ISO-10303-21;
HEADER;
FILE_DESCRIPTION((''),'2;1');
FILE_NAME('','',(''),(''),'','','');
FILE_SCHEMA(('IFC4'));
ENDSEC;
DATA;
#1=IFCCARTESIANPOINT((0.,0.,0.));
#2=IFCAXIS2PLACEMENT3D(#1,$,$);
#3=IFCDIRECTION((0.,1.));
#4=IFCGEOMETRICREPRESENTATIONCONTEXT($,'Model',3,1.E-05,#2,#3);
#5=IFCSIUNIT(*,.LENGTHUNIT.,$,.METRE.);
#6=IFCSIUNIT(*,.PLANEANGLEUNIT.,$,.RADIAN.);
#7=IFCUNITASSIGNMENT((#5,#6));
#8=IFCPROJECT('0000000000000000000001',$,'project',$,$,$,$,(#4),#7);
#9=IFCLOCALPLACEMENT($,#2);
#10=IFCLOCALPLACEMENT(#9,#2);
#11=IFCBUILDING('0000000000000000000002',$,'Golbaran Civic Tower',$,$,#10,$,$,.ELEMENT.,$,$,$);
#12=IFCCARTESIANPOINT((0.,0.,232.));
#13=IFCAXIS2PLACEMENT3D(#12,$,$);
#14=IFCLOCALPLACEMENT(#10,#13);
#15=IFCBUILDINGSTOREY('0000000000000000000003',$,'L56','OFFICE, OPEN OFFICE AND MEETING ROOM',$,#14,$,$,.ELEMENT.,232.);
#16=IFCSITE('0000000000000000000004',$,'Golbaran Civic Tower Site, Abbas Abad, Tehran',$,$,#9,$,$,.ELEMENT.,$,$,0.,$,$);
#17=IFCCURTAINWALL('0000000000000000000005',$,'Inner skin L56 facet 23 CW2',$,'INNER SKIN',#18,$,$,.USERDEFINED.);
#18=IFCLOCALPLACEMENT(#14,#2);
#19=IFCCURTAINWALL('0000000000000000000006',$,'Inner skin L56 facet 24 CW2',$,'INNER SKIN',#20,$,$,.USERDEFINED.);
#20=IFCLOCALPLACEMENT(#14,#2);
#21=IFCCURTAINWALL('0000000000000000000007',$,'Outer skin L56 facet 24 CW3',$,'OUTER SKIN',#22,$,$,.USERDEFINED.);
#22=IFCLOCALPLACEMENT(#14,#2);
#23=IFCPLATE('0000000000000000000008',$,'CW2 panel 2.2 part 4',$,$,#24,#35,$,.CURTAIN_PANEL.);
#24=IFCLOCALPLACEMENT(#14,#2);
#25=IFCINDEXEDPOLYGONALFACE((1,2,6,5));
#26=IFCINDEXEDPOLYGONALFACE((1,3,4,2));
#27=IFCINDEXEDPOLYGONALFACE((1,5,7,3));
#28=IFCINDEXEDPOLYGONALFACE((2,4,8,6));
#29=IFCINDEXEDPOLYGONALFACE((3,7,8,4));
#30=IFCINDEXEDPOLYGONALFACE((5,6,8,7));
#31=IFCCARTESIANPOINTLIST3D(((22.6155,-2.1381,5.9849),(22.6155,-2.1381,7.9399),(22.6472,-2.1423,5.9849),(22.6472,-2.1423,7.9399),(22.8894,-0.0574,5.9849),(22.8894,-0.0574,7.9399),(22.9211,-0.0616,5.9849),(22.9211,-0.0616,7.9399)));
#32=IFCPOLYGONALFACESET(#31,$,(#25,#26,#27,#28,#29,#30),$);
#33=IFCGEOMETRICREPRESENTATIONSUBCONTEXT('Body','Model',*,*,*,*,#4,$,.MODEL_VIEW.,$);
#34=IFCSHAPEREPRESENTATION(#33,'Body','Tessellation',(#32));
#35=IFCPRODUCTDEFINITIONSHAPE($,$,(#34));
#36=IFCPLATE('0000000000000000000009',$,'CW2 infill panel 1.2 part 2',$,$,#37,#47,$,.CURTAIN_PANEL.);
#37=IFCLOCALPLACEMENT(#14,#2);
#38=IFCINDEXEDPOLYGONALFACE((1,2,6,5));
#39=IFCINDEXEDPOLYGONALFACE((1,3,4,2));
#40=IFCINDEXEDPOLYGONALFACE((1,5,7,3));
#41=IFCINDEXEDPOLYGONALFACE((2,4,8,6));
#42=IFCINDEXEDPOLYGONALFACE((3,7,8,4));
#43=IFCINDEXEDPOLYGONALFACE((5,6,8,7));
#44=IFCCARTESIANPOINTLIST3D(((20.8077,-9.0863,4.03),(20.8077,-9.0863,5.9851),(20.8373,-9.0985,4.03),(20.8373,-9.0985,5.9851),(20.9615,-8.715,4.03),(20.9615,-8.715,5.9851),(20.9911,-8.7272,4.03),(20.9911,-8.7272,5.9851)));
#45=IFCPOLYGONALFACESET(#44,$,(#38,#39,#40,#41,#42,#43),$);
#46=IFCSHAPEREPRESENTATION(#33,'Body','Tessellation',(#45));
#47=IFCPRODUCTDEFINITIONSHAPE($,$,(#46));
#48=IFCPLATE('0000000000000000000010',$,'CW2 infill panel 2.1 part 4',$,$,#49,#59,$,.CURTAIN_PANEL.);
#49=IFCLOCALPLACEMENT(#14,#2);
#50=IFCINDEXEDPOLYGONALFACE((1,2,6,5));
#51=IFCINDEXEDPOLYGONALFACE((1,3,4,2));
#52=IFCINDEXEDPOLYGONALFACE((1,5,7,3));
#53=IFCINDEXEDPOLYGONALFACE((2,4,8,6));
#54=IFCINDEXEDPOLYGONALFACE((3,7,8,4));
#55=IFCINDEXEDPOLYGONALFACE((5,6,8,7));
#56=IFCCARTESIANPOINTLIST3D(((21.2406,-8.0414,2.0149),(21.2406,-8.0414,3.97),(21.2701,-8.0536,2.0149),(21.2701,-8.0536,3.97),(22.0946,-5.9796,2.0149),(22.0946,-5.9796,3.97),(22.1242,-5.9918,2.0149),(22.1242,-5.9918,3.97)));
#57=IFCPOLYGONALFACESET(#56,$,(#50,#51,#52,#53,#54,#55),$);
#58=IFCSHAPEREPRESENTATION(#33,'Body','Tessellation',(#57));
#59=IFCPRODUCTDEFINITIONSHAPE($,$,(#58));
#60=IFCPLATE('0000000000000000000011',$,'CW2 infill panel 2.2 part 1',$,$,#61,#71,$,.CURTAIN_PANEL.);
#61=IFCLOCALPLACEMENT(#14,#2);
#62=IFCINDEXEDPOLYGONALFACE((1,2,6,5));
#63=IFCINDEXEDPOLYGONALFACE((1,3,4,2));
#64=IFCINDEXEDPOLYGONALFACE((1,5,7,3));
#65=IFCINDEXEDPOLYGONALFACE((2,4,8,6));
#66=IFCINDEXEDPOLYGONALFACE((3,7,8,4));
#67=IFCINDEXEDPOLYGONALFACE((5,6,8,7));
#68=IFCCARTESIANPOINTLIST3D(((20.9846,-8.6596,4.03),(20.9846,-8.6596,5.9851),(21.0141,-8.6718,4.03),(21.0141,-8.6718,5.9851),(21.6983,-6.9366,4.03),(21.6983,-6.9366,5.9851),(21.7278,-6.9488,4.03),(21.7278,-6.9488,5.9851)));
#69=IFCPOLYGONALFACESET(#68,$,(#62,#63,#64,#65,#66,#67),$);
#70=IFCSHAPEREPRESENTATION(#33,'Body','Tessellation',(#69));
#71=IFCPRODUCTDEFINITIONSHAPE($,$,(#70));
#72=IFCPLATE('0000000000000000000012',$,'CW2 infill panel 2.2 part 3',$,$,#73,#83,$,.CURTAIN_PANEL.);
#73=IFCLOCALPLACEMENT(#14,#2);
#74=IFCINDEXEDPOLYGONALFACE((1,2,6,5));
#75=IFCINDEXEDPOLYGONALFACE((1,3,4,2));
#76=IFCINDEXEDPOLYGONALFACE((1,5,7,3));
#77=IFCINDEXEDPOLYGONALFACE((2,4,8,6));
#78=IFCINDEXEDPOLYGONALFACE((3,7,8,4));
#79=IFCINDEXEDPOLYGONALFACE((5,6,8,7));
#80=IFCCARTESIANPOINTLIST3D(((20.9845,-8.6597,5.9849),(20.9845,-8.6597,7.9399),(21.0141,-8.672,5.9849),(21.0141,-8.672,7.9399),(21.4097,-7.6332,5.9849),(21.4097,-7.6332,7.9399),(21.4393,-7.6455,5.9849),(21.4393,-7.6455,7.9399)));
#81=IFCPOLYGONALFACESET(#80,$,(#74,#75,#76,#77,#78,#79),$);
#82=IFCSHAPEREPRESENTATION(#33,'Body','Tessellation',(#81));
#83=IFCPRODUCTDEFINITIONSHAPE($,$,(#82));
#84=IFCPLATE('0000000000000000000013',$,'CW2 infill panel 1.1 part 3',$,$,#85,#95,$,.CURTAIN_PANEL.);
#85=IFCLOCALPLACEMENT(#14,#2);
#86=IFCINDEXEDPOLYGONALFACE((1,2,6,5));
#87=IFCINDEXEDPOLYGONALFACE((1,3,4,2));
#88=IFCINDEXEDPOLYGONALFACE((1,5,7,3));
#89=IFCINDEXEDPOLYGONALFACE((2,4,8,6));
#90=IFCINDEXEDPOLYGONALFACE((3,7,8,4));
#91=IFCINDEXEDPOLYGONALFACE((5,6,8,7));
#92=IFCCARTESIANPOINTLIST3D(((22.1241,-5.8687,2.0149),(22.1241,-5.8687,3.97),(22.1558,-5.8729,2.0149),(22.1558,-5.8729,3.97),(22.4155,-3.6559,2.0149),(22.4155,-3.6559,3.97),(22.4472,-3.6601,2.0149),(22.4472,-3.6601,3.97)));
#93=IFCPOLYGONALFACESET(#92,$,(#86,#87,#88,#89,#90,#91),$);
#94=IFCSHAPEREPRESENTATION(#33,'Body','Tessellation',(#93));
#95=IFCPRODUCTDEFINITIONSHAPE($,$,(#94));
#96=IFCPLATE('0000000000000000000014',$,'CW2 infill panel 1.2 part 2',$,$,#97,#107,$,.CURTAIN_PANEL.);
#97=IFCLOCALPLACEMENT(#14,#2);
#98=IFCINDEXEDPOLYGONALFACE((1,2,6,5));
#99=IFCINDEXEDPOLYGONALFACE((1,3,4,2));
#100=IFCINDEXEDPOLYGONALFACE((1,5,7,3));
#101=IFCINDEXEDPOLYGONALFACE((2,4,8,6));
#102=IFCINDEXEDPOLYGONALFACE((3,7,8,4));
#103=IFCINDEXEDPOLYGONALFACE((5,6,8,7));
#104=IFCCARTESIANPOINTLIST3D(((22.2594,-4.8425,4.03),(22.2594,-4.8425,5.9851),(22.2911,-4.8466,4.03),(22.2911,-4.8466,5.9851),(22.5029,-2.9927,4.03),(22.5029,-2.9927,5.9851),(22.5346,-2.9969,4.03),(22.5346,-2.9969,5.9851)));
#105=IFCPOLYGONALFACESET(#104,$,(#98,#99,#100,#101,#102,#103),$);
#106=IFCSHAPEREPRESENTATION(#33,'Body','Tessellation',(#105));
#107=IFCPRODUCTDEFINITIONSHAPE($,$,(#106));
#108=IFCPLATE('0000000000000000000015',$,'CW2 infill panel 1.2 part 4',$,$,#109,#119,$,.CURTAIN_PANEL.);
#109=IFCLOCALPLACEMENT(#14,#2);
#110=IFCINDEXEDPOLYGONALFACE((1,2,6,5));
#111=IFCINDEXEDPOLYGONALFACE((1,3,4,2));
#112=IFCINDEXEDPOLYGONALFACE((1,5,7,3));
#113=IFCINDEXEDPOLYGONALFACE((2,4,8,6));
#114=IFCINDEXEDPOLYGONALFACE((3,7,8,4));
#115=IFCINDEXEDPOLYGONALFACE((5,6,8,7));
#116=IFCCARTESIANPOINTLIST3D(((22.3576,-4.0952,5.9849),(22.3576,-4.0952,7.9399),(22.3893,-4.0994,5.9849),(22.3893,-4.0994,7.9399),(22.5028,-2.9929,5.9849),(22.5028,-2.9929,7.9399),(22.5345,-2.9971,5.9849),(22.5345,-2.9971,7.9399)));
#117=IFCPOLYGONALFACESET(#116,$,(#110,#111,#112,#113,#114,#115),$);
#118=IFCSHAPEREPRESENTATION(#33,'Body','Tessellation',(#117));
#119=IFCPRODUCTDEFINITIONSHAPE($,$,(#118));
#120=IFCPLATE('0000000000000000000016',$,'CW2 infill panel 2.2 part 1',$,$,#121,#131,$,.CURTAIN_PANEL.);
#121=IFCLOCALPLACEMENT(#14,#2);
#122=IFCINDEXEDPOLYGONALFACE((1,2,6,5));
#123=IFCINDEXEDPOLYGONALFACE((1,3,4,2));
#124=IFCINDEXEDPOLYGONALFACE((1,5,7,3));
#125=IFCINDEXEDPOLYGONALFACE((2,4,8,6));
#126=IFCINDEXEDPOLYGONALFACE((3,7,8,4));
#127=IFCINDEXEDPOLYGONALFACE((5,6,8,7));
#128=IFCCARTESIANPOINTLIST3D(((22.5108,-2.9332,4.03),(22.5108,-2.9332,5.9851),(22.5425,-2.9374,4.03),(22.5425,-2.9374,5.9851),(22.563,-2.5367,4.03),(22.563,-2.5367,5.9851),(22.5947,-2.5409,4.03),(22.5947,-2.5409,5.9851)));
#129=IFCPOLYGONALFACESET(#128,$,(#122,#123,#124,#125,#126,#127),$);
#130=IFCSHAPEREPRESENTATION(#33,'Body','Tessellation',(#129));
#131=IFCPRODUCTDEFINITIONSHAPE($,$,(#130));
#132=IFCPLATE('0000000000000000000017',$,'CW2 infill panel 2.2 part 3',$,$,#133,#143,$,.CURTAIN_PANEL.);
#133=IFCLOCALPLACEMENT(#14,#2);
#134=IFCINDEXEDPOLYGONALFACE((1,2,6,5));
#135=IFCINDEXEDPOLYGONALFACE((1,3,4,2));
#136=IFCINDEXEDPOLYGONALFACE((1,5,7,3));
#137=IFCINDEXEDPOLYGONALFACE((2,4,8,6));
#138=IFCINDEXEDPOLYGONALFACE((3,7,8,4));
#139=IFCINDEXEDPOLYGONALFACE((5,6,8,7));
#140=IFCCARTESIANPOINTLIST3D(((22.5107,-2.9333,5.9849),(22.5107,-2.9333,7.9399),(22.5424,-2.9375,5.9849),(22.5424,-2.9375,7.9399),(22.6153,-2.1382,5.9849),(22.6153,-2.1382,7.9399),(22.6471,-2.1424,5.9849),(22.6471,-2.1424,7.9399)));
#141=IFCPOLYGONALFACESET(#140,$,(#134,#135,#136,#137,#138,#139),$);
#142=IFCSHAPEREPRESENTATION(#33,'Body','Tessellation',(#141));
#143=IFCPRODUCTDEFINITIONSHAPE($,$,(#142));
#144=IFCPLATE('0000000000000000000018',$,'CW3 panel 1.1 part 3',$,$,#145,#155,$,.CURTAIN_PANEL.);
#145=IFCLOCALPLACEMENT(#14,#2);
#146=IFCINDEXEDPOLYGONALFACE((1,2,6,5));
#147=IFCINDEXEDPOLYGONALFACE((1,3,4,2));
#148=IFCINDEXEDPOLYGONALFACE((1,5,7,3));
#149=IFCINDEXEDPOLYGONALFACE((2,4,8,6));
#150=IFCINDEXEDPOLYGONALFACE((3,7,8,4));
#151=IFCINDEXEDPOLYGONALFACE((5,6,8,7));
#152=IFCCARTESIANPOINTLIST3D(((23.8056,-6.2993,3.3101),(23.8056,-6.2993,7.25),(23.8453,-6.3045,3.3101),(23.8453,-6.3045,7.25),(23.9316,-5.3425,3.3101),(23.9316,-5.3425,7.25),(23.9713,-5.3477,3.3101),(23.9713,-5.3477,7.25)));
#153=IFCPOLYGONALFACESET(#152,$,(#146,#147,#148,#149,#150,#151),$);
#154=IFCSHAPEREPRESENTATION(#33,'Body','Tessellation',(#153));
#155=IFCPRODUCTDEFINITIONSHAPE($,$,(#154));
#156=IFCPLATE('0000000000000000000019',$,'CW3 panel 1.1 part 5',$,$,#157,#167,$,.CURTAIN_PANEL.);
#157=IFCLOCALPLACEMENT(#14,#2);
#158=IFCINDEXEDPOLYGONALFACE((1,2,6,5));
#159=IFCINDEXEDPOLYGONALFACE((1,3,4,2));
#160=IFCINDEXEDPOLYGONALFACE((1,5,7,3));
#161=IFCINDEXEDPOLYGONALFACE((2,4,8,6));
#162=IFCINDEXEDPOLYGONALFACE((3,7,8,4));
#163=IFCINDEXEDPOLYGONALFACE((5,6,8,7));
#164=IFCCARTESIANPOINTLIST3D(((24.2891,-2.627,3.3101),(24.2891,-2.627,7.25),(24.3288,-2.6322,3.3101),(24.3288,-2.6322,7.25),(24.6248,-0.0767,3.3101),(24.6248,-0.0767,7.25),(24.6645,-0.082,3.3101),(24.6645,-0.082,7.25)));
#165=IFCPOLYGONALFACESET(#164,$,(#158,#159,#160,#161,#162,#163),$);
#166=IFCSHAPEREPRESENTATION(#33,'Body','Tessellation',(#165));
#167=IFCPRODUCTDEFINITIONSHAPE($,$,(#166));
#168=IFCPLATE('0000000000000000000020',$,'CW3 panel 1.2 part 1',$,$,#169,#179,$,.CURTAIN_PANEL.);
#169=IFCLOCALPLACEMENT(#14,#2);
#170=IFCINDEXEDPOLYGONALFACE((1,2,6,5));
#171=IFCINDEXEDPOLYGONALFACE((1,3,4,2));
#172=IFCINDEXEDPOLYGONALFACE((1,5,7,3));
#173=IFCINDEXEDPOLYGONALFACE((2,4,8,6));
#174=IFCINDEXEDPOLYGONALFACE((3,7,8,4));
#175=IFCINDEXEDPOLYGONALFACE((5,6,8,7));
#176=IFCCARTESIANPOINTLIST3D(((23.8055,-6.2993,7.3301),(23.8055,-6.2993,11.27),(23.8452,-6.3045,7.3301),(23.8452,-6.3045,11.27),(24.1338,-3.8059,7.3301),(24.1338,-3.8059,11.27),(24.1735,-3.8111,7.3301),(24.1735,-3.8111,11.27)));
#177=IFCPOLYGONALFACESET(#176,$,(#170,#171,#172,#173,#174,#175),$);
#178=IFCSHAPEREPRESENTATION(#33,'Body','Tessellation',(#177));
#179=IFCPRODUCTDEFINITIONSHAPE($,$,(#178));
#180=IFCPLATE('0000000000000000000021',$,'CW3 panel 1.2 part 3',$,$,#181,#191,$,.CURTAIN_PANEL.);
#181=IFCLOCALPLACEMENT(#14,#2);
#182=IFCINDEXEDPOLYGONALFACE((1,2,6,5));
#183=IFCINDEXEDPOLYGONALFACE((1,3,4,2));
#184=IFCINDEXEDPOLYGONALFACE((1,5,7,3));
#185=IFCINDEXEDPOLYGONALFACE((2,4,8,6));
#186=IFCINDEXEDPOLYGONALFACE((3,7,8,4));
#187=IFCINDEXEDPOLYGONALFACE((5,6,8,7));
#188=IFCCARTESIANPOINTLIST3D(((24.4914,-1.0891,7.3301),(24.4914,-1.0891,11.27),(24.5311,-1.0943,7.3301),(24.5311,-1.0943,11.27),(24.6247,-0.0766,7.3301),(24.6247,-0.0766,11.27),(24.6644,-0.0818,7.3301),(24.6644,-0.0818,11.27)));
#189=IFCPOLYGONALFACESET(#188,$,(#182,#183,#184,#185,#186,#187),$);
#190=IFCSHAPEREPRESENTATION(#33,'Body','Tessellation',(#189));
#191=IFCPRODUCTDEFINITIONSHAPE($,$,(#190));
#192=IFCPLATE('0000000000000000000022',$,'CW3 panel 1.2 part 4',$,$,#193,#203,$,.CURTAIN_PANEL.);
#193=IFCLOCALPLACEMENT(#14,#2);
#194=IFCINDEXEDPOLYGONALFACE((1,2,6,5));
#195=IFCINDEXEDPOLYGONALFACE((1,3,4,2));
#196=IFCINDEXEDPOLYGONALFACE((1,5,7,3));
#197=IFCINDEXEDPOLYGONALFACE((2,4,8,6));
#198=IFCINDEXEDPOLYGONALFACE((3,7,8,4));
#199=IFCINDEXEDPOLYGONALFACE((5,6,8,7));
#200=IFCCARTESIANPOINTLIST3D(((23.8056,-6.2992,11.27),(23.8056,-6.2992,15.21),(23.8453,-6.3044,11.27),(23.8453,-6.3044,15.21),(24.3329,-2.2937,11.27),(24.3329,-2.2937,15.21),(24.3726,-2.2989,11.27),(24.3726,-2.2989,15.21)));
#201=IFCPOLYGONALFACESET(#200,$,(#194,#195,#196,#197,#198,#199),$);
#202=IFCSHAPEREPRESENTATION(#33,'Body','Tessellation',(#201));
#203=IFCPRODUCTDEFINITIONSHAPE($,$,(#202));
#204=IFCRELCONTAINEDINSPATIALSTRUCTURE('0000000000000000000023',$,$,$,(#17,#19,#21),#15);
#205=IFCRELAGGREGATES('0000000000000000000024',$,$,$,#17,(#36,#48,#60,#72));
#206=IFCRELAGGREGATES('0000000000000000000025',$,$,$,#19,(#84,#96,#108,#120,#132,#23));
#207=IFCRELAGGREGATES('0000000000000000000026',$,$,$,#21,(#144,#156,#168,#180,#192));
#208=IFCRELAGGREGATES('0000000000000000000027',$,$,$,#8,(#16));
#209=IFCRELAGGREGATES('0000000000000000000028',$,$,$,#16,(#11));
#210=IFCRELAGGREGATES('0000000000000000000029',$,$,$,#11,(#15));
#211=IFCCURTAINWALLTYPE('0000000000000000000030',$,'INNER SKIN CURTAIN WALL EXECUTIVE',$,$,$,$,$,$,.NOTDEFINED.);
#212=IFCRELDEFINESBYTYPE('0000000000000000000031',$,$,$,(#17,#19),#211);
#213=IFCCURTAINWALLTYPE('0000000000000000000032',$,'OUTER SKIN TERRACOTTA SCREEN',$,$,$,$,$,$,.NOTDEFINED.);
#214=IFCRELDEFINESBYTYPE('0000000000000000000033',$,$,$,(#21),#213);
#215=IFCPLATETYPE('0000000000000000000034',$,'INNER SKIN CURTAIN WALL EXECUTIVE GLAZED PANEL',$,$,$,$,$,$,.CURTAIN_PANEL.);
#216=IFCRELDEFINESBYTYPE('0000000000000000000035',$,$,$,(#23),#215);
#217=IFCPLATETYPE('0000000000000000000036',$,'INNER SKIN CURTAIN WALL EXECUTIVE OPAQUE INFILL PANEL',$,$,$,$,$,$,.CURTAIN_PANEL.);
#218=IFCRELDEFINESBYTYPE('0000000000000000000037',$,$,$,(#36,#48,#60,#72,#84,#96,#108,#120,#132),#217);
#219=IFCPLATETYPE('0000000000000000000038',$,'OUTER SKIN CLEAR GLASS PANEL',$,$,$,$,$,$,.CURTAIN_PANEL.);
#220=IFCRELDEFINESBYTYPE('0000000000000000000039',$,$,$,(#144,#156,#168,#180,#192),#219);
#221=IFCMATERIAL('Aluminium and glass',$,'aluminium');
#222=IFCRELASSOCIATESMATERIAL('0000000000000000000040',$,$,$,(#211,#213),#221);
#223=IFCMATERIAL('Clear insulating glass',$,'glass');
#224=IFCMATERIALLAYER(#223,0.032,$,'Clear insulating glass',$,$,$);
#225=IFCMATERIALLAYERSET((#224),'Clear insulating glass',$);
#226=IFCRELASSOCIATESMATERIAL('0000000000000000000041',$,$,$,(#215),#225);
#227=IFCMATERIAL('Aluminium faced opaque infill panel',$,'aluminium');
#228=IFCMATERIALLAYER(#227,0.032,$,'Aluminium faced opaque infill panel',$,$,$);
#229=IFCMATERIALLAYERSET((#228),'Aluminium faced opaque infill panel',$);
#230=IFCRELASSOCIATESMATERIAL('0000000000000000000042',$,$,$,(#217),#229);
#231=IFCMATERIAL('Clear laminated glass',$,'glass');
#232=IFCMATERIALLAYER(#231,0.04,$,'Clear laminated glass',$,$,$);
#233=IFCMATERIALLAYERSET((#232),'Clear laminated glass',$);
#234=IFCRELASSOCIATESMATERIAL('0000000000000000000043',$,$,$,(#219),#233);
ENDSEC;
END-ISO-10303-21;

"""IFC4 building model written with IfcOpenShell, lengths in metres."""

from ifc_helpers import new_model, si_unit, direction, frame, origin, origin_2d, place, context, subcontext, project, spatial, rectangle, extrude, material, layer, layer_set, type_object, element, aggregate, save


model = new_model("IFC4")

# Units and contexts
model_context = context("Model", 3, precision=1e-05, world=origin(), true_north=direction((0.0, 1.0)))
body_context = subcontext(model_context, "Body", "Model", "MODEL_VIEW")
ifc_project = project(units=[si_unit("LENGTHUNIT", "METRE"), si_unit("PLANEANGLEUNIT", "RADIAN")], contexts=[model_context])

# Site, building, storey
site_placement = place(None, origin())
site = spatial("IfcSite", under=ifc_project, at=site_placement, Name="Golbaran Civic Tower Site, Abbas Abad, Tehran", CompositionType="ELEMENT", RefElevation=0.0)
building_placement = place(site_placement, origin())
building = spatial("IfcBuilding", under=site, at=building_placement, Name="Golbaran Civic Tower", CompositionType="ELEMENT")
storey_placement = place(building_placement, frame((0.0, 0.0, 232.0)))
storey = spatial("IfcBuildingStorey", under=building, at=storey_placement, Name="L56", Description="OFFICE, OPEN OFFICE AND MEETING ROOM", CompositionType="ELEMENT", Elevation=232.0)

# Curtain walls
ifc_material_1 = material(Name="Aluminium and glass", Category="aluminium")
curtain_wall_type_1 = type_object("IfcCurtainWallType", Name="INNER SKIN CURTAIN WALL EXECUTIVE", PredefinedType="NOTDEFINED", material=ifc_material_1)
curtain_wall_1_placement = place(storey_placement, origin())
curtain_wall_1 = element("IfcCurtainWall", 1, at=curtain_wall_1_placement, inside=storey, type_object=curtain_wall_type_1, Name="Inner skin L56 facet 23 CW2", ObjectType="INNER SKIN", PredefinedType="USERDEFINED")
curtain_wall_2_placement = place(storey_placement, origin())
curtain_wall_2 = element("IfcCurtainWall", 2, at=curtain_wall_2_placement, inside=storey, type_object=curtain_wall_type_1, Name="Inner skin L56 facet 24 CW2", ObjectType="INNER SKIN", PredefinedType="USERDEFINED")
curtain_wall_type_2 = type_object("IfcCurtainWallType", Name="OUTER SKIN TERRACOTTA SCREEN", PredefinedType="NOTDEFINED", material=ifc_material_1)
curtain_wall_3_placement = place(storey_placement, origin())
curtain_wall_3 = element("IfcCurtainWall", 3, at=curtain_wall_3_placement, inside=storey, type_object=curtain_wall_type_2, Name="Outer skin L56 facet 24 CW3", ObjectType="OUTER SKIN", PredefinedType="USERDEFINED")

# Plates
ifc_material_2 = material(Name="Clear insulating glass", Category="glass")
ifc_layer_1 = layer(ifc_material_2, 0.032, Name="Clear insulating glass")
ifc_layer_set_1 = layer_set([ifc_layer_1], Name="Clear insulating glass")
plate_type_1 = type_object("IfcPlateType", Name="INNER SKIN CURTAIN WALL EXECUTIVE GLAZED PANEL", PredefinedType="CURTAIN_PANEL", material=ifc_layer_set_1)
plate_1_placement = place(storey_placement, frame((22.7683, -1.0999, 5.9849), z_axis=(0.0, 0.0, 1.0), x_axis=(0.130526, 0.991445, 0.0)))
plate_1 = element("IfcPlate", 4, at=plate_1_placement, type_object=plate_type_1, Name="CW2 panel 2.2 part 4", PredefinedType="CURTAIN_PANEL", context=body_context, shape_type="SweptSolid", body=[
    extrude(rectangle(XDim=2.0986, YDim=0.032, at=origin_2d()), origin(), (0.0, 0.0, 1.0), 1.9551),
])
ifc_material_3 = material(Name="Aluminium faced opaque infill panel", Category="aluminium")
ifc_layer_2 = layer(ifc_material_3, 0.032, Name="Aluminium faced opaque infill panel")
ifc_layer_set_2 = layer_set([ifc_layer_2], Name="Aluminium faced opaque infill panel")
plate_type_2 = type_object("IfcPlateType", Name="INNER SKIN CURTAIN WALL EXECUTIVE OPAQUE INFILL PANEL", PredefinedType="CURTAIN_PANEL", material=ifc_layer_set_2)
plate_2_placement = place(storey_placement, frame((20.8994, -8.9067, 4.03), z_axis=(0.0, 0.0, 1.0), x_axis=(0.382683, 0.92388, 0.0)))
plate_2 = element("IfcPlate", 5, at=plate_2_placement, type_object=plate_type_2, Name="CW2 infill panel 1.2 part 2", PredefinedType="CURTAIN_PANEL", context=body_context, shape_type="SweptSolid", body=[
    extrude(rectangle(XDim=0.4019, YDim=0.032, at=origin_2d()), origin(), (0.0, 0.0, 1.0), 1.9551),
])
plate_3_placement = place(storey_placement, frame((21.6824, -7.0166, 2.0149), z_axis=(0.0, 0.0, 1.0), x_axis=(0.382683, 0.92388, 0.0)))
plate_3 = element("IfcPlate", 6, at=plate_3_placement, type_object=plate_type_2, Name="CW2 infill panel 2.1 part 4", PredefinedType="CURTAIN_PANEL", context=body_context, shape_type="SweptSolid", body=[
    extrude(rectangle(XDim=2.2317, YDim=0.032, at=origin_2d()), origin(), (0.0, 0.0, 1.0), 1.9551),
])
plate_4_placement = place(storey_placement, frame((21.3562, -7.8042, 4.03), z_axis=(0.0, 0.0, 1.0), x_axis=(0.382683, 0.92388, 0.0)))
plate_4 = element("IfcPlate", 7, at=plate_4_placement, type_object=plate_type_2, Name="CW2 infill panel 2.2 part 1", PredefinedType="CURTAIN_PANEL", context=body_context, shape_type="SweptSolid", body=[
    extrude(rectangle(XDim=1.865, YDim=0.032, at=origin_2d()), origin(), (0.0, 0.0, 1.0), 1.9551),
])
plate_5_placement = place(storey_placement, frame((21.2119, -8.1526, 5.9849), z_axis=(0.0, 0.0, 1.0), x_axis=(0.382683, 0.92388, 0.0)))
plate_5 = element("IfcPlate", 8, at=plate_5_placement, type_object=plate_type_2, Name="CW2 infill panel 2.2 part 3", PredefinedType="CURTAIN_PANEL", context=body_context, shape_type="SweptSolid", body=[
    extrude(rectangle(XDim=1.1111, YDim=0.032, at=origin_2d()), origin(), (0.0, 0.0, 1.0), 1.9551),
])
aggregate(curtain_wall_1, [plate_2, plate_3, plate_4, plate_5])
plate_6_placement = place(storey_placement, frame((22.2856, -4.7644, 2.0149), z_axis=(0.0, 0.0, 1.0), x_axis=(0.130526, 0.991445, 0.0)))
plate_6 = element("IfcPlate", 9, at=plate_6_placement, type_object=plate_type_2, Name="CW2 infill panel 1.1 part 3", PredefinedType="CURTAIN_PANEL", context=body_context, shape_type="SweptSolid", body=[
    extrude(rectangle(XDim=2.2319, YDim=0.032, at=origin_2d()), origin(), (0.0, 0.0, 1.0), 1.9551),
])
plate_7_placement = place(storey_placement, frame((22.397, -3.9197, 4.03), z_axis=(0.0, 0.0, 1.0), x_axis=(0.130526, 0.991445, 0.0)))
plate_7 = element("IfcPlate", 10, at=plate_7_placement, type_object=plate_type_2, Name="CW2 infill panel 1.2 part 2", PredefinedType="CURTAIN_PANEL", context=body_context, shape_type="SweptSolid", body=[
    extrude(rectangle(XDim=1.8657, YDim=0.032, at=origin_2d()), origin(), (0.0, 0.0, 1.0), 1.9551),
])
plate_8_placement = place(storey_placement, frame((22.446, -3.5461, 5.9849), z_axis=(0.0, 0.0, 1.0), x_axis=(0.130526, 0.991445, 0.0)))
plate_8 = element("IfcPlate", 11, at=plate_8_placement, type_object=plate_type_2, Name="CW2 infill panel 1.2 part 4", PredefinedType="CURTAIN_PANEL", context=body_context, shape_type="SweptSolid", body=[
    extrude(rectangle(XDim=1.1118, YDim=0.032, at=origin_2d()), origin(), (0.0, 0.0, 1.0), 1.9551),
])
plate_9_placement = place(storey_placement, frame((22.5527, -2.7371, 4.03), z_axis=(0.0, 0.0, 1.0), x_axis=(0.130526, 0.991445, 0.0)))
plate_9 = element("IfcPlate", 12, at=plate_9_placement, type_object=plate_type_2, Name="CW2 infill panel 2.2 part 1", PredefinedType="CURTAIN_PANEL", context=body_context, shape_type="SweptSolid", body=[
    extrude(rectangle(XDim=0.3999, YDim=0.032, at=origin_2d()), origin(), (0.0, 0.0, 1.0), 1.9551),
])
plate_10_placement = place(storey_placement, frame((22.5789, -2.5378, 5.9849), z_axis=(0.0, 0.0, 1.0), x_axis=(0.130526, 0.991445, 0.0)))
plate_10 = element("IfcPlate", 13, at=plate_10_placement, type_object=plate_type_2, Name="CW2 infill panel 2.2 part 3", PredefinedType="CURTAIN_PANEL", context=body_context, shape_type="SweptSolid", body=[
    extrude(rectangle(XDim=0.802, YDim=0.032, at=origin_2d()), origin(), (0.0, 0.0, 1.0), 1.9551),
])
aggregate(curtain_wall_2, [plate_6, plate_7, plate_8, plate_9, plate_10, plate_1])
ifc_material_4 = material(Name="Clear laminated glass", Category="glass")
ifc_layer_3 = layer(ifc_material_4, 0.04, Name="Clear laminated glass")
ifc_layer_set_3 = layer_set([ifc_layer_3], Name="Clear laminated glass")
plate_type_3 = type_object("IfcPlateType", Name="OUTER SKIN CLEAR GLASS PANEL", PredefinedType="CURTAIN_PANEL", material=ifc_layer_set_3)
plate_11_placement = place(storey_placement, frame((23.8884, -5.8235, 3.3101), z_axis=(0.0, 0.0, 1.0), x_axis=(0.130526, 0.991445, 0.0)))
plate_11 = element("IfcPlate", 14, at=plate_11_placement, type_object=plate_type_3, Name="CW3 panel 1.1 part 3", PredefinedType="CURTAIN_PANEL", context=body_context, shape_type="SweptSolid", body=[
    extrude(rectangle(XDim=0.9651, YDim=0.04, at=origin_2d()), origin(), (0.0, 0.0, 1.0), 3.9399),
])
plate_12_placement = place(storey_placement, frame((24.4768, -1.3545, 3.3101), z_axis=(0.0, 0.0, 1.0), x_axis=(0.130526, 0.991445, 0.0)))
plate_12 = element("IfcPlate", 15, at=plate_12_placement, type_object=plate_type_3, Name="CW3 panel 1.1 part 5", PredefinedType="CURTAIN_PANEL", context=body_context, shape_type="SweptSolid", body=[
    extrude(rectangle(XDim=2.5723, YDim=0.04, at=origin_2d()), origin(), (0.0, 0.0, 1.0), 3.9399),
])
plate_13_placement = place(storey_placement, frame((23.9895, -5.0552, 7.3301), z_axis=(0.0, 0.0, 1.0), x_axis=(0.130526, 0.991445, 0.0)))
plate_13 = element("IfcPlate", 16, at=plate_13_placement, type_object=plate_type_3, Name="CW3 panel 1.2 part 1", PredefinedType="CURTAIN_PANEL", context=body_context, shape_type="SweptSolid", body=[
    extrude(rectangle(XDim=2.5149, YDim=0.04, at=origin_2d()), origin(), (0.0, 0.0, 1.0), 3.9399),
])
plate_14_placement = place(storey_placement, frame((24.5779, -0.5854, 7.3301), z_axis=(0.0, 0.0, 1.0), x_axis=(0.130526, 0.991445, 0.0)))
plate_14 = element("IfcPlate", 17, at=plate_14_placement, type_object=plate_type_3, Name="CW3 panel 1.2 part 3", PredefinedType="CURTAIN_PANEL", context=body_context, shape_type="SweptSolid", body=[
    extrude(rectangle(XDim=1.0212, YDim=0.04, at=origin_2d()), origin(), (0.0, 0.0, 1.0), 3.9399),
])
plate_15_placement = place(storey_placement, frame((24.0891, -4.2991, 11.27), z_axis=(0.0, 0.0, 1.0), x_axis=(0.130526, 0.991445, 0.0)))
plate_15 = element("IfcPlate", 18, at=plate_15_placement, type_object=plate_type_3, Name="CW3 panel 1.2 part 4", PredefinedType="CURTAIN_PANEL", context=body_context, shape_type="SweptSolid", body=[
    extrude(rectangle(XDim=4.04, YDim=0.04, at=origin_2d()), origin(), (0.0, 0.0, 1.0), 3.9399),
])
aggregate(curtain_wall_3, [plate_11, plate_12, plate_13, plate_14, plate_15])

save(model, "model.ifc")
